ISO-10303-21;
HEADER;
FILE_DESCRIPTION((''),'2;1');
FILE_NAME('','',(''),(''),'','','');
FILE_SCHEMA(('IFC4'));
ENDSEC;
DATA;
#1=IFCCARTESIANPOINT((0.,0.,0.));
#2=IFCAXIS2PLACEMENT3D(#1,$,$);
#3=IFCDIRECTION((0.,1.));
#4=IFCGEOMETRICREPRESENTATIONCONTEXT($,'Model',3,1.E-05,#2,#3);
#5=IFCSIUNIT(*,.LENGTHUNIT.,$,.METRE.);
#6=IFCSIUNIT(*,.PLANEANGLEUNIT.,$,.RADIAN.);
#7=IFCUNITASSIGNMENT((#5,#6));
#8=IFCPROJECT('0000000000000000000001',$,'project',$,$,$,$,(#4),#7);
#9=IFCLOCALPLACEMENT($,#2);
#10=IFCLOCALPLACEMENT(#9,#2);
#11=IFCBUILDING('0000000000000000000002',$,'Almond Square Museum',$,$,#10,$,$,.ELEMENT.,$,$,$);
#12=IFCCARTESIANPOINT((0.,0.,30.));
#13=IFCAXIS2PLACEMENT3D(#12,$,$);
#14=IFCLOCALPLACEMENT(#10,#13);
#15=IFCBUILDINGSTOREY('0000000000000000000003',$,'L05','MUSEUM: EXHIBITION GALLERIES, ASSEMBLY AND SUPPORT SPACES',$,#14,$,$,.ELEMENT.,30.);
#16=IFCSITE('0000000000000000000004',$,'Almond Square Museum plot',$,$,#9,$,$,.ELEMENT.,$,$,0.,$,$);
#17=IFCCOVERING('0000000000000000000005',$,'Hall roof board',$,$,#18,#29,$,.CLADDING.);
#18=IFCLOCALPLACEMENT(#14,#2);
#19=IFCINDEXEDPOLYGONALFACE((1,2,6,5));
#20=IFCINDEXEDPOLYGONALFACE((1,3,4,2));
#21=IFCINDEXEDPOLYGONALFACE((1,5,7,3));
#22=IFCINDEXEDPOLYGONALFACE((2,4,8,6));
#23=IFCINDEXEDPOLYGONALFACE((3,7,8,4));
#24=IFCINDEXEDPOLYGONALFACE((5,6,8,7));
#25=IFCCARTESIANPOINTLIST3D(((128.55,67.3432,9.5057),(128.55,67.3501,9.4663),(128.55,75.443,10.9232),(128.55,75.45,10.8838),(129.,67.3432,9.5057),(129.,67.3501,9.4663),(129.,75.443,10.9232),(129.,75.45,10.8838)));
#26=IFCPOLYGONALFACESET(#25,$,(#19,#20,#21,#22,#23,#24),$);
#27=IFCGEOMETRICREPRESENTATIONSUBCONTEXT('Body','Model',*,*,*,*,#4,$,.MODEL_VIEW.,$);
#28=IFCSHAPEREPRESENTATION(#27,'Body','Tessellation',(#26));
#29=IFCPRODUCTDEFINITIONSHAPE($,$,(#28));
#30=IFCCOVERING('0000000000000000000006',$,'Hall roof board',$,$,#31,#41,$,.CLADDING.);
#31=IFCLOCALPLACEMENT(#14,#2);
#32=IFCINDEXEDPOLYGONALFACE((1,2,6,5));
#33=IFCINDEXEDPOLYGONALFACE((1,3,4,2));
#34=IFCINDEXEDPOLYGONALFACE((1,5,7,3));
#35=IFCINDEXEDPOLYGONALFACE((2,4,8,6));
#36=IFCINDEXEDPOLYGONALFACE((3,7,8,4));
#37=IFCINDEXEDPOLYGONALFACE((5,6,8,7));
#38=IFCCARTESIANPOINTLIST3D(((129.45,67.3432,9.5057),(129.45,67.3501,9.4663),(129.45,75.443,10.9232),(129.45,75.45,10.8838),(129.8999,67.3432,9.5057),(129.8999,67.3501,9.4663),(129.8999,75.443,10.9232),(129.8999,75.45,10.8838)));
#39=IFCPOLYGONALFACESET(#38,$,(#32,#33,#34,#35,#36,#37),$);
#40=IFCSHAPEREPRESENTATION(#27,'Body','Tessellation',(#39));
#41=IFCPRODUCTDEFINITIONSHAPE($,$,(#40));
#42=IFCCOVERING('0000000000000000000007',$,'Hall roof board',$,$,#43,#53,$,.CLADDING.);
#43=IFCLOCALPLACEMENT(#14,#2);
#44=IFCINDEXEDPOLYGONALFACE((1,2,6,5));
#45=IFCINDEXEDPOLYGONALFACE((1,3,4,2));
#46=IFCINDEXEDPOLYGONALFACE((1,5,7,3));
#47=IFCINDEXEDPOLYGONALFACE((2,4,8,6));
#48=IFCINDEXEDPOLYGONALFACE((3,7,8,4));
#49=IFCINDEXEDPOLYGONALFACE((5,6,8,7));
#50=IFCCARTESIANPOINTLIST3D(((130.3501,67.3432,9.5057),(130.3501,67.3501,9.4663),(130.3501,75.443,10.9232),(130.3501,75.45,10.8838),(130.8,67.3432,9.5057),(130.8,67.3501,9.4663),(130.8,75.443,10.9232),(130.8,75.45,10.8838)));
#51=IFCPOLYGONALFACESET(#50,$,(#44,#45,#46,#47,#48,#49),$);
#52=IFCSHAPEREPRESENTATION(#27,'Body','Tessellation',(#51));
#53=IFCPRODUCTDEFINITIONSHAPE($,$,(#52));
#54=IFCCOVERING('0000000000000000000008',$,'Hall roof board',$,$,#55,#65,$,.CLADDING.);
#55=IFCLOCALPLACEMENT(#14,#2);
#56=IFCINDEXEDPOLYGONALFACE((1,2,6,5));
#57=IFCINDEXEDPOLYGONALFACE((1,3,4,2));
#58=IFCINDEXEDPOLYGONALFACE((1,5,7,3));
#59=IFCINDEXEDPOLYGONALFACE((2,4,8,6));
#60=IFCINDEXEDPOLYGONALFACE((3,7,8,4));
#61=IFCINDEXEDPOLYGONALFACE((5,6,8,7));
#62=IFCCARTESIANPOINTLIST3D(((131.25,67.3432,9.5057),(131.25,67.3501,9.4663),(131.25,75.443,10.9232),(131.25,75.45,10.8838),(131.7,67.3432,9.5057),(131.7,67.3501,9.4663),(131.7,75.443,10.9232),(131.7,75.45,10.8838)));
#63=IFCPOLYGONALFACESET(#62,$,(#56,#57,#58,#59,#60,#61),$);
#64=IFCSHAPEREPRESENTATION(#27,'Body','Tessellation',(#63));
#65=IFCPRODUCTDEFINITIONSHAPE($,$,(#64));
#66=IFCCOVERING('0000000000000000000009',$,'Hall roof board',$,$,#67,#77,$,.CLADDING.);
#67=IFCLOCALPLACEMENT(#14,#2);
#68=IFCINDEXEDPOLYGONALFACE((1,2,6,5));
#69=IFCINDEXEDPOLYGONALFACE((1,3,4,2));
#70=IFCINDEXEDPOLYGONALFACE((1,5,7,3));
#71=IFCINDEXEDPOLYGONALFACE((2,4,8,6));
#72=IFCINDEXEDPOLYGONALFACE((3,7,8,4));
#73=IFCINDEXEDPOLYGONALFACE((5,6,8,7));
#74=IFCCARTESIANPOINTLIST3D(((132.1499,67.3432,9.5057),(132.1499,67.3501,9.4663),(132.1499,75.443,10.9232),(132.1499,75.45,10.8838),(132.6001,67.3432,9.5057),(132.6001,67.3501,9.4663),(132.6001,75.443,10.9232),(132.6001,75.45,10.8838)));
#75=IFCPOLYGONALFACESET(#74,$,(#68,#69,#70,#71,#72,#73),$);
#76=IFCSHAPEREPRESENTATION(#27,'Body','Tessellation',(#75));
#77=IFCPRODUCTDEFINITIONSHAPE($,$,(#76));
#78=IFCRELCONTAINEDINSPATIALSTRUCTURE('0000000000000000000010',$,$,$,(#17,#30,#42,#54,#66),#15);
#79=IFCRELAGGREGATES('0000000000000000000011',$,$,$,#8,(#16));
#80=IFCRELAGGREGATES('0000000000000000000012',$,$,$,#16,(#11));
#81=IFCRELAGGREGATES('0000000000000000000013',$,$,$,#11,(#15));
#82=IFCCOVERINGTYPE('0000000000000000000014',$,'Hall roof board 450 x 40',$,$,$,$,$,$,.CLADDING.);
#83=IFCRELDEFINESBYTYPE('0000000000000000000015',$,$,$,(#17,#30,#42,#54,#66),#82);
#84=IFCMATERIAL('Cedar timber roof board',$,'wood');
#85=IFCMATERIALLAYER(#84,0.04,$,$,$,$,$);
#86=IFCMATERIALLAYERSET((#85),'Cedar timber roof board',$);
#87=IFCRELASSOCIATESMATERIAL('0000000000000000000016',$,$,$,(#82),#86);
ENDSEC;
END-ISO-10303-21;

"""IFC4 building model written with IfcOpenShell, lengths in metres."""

from ifc_helpers import new_model, si_unit, direction, frame, origin, place, context, subcontext, project, spatial, polyline, outline, extrude, material, layer, layer_set, type_object, element, save


model = new_model("IFC4")

# Units and contexts
model_context = context("Model", 3, precision=1e-05, world=origin(), true_north=direction((0.0, 1.0)))
body_context = subcontext(model_context, "Body", "Model", "MODEL_VIEW")
ifc_project = project(units=[si_unit("LENGTHUNIT", "METRE"), si_unit("PLANEANGLEUNIT", "RADIAN")], contexts=[model_context])

# Site, building, storey
site_placement = place(None, origin())
site = spatial("IfcSite", under=ifc_project, at=site_placement, Name="Almond Square Museum plot", CompositionType="ELEMENT", RefElevation=0.0)
building_placement = place(site_placement, origin())
building = spatial("IfcBuilding", under=site, at=building_placement, Name="Almond Square Museum", CompositionType="ELEMENT")
storey_placement = place(building_placement, frame((0.0, 0.0, 30.0)))
storey = spatial("IfcBuildingStorey", under=building, at=storey_placement, Name="L05", Description="MUSEUM: EXHIBITION GALLERIES, ASSEMBLY AND SUPPORT SPACES", CompositionType="ELEMENT", Elevation=30.0)

# Coverings
ifc_material_1 = material(Name="Cedar timber roof board", Category="wood")
ifc_layer = layer(ifc_material_1, 0.04)
ifc_layer_set = layer_set([ifc_layer], Name="Cedar timber roof board")
covering_type = type_object("IfcCoveringType", Name="Hall roof board 450 x 40", PredefinedType="CLADDING", material=ifc_layer_set)
for number, where, z_axis, x_axis, name in (
    (1, (129.0, 75.45, 10.8838), (0.0, -0.172381, 0.98503), (-1.0, 0.0, 0.0), "Hall roof board"),
    (2, (129.8999, 75.45, 10.8838), (0.0, -0.172381, 0.98503), (-1.0, 0.0, 0.0), "Hall roof board"),
    (3, (130.8, 75.45, 10.8838), (0.0, -0.172381, 0.98503), (-1.0, 0.0, 0.0), "Hall roof board"),
    (4, (131.7, 75.45, 10.8838), (0.0, -0.172381, 0.98503), (-1.0, 0.0, 0.0), "Hall roof board"),
):
    element("IfcCovering", number, at=place(storey_placement, frame(where, z_axis=z_axis, x_axis=x_axis)), inside=storey, type_object=covering_type, Name=name, PredefinedType="CLADDING", context=body_context, shape_type="SweptSolid", body=[
        extrude(outline(polyline([(0.0, 0.0), (0.45, 0.0), (0.45, 8.2229), (0.0, 8.2229), (0.0, 0.0)])), origin(), (0.0, 0.0, 1.0), 0.04),
    ])
covering_1_placement = place(storey_placement, frame((132.6001, 75.45, 10.8838), z_axis=(0.0, -0.172381, 0.98503), x_axis=(-1.0, 0.0, 0.0)))
element("IfcCovering", 5, at=covering_1_placement, inside=storey, type_object=covering_type, Name="Hall roof board", PredefinedType="CLADDING", context=body_context, shape_type="SweptSolid", body=[
    extrude(outline(polyline([(0.0, 0.0), (0.4502, 0.0), (0.4502, 8.2229), (0.0, 8.2229), (0.0, 0.0)])), origin(), (0.0, 0.0, 1.0), 0.04),
])

save(model, "model.ifc")
